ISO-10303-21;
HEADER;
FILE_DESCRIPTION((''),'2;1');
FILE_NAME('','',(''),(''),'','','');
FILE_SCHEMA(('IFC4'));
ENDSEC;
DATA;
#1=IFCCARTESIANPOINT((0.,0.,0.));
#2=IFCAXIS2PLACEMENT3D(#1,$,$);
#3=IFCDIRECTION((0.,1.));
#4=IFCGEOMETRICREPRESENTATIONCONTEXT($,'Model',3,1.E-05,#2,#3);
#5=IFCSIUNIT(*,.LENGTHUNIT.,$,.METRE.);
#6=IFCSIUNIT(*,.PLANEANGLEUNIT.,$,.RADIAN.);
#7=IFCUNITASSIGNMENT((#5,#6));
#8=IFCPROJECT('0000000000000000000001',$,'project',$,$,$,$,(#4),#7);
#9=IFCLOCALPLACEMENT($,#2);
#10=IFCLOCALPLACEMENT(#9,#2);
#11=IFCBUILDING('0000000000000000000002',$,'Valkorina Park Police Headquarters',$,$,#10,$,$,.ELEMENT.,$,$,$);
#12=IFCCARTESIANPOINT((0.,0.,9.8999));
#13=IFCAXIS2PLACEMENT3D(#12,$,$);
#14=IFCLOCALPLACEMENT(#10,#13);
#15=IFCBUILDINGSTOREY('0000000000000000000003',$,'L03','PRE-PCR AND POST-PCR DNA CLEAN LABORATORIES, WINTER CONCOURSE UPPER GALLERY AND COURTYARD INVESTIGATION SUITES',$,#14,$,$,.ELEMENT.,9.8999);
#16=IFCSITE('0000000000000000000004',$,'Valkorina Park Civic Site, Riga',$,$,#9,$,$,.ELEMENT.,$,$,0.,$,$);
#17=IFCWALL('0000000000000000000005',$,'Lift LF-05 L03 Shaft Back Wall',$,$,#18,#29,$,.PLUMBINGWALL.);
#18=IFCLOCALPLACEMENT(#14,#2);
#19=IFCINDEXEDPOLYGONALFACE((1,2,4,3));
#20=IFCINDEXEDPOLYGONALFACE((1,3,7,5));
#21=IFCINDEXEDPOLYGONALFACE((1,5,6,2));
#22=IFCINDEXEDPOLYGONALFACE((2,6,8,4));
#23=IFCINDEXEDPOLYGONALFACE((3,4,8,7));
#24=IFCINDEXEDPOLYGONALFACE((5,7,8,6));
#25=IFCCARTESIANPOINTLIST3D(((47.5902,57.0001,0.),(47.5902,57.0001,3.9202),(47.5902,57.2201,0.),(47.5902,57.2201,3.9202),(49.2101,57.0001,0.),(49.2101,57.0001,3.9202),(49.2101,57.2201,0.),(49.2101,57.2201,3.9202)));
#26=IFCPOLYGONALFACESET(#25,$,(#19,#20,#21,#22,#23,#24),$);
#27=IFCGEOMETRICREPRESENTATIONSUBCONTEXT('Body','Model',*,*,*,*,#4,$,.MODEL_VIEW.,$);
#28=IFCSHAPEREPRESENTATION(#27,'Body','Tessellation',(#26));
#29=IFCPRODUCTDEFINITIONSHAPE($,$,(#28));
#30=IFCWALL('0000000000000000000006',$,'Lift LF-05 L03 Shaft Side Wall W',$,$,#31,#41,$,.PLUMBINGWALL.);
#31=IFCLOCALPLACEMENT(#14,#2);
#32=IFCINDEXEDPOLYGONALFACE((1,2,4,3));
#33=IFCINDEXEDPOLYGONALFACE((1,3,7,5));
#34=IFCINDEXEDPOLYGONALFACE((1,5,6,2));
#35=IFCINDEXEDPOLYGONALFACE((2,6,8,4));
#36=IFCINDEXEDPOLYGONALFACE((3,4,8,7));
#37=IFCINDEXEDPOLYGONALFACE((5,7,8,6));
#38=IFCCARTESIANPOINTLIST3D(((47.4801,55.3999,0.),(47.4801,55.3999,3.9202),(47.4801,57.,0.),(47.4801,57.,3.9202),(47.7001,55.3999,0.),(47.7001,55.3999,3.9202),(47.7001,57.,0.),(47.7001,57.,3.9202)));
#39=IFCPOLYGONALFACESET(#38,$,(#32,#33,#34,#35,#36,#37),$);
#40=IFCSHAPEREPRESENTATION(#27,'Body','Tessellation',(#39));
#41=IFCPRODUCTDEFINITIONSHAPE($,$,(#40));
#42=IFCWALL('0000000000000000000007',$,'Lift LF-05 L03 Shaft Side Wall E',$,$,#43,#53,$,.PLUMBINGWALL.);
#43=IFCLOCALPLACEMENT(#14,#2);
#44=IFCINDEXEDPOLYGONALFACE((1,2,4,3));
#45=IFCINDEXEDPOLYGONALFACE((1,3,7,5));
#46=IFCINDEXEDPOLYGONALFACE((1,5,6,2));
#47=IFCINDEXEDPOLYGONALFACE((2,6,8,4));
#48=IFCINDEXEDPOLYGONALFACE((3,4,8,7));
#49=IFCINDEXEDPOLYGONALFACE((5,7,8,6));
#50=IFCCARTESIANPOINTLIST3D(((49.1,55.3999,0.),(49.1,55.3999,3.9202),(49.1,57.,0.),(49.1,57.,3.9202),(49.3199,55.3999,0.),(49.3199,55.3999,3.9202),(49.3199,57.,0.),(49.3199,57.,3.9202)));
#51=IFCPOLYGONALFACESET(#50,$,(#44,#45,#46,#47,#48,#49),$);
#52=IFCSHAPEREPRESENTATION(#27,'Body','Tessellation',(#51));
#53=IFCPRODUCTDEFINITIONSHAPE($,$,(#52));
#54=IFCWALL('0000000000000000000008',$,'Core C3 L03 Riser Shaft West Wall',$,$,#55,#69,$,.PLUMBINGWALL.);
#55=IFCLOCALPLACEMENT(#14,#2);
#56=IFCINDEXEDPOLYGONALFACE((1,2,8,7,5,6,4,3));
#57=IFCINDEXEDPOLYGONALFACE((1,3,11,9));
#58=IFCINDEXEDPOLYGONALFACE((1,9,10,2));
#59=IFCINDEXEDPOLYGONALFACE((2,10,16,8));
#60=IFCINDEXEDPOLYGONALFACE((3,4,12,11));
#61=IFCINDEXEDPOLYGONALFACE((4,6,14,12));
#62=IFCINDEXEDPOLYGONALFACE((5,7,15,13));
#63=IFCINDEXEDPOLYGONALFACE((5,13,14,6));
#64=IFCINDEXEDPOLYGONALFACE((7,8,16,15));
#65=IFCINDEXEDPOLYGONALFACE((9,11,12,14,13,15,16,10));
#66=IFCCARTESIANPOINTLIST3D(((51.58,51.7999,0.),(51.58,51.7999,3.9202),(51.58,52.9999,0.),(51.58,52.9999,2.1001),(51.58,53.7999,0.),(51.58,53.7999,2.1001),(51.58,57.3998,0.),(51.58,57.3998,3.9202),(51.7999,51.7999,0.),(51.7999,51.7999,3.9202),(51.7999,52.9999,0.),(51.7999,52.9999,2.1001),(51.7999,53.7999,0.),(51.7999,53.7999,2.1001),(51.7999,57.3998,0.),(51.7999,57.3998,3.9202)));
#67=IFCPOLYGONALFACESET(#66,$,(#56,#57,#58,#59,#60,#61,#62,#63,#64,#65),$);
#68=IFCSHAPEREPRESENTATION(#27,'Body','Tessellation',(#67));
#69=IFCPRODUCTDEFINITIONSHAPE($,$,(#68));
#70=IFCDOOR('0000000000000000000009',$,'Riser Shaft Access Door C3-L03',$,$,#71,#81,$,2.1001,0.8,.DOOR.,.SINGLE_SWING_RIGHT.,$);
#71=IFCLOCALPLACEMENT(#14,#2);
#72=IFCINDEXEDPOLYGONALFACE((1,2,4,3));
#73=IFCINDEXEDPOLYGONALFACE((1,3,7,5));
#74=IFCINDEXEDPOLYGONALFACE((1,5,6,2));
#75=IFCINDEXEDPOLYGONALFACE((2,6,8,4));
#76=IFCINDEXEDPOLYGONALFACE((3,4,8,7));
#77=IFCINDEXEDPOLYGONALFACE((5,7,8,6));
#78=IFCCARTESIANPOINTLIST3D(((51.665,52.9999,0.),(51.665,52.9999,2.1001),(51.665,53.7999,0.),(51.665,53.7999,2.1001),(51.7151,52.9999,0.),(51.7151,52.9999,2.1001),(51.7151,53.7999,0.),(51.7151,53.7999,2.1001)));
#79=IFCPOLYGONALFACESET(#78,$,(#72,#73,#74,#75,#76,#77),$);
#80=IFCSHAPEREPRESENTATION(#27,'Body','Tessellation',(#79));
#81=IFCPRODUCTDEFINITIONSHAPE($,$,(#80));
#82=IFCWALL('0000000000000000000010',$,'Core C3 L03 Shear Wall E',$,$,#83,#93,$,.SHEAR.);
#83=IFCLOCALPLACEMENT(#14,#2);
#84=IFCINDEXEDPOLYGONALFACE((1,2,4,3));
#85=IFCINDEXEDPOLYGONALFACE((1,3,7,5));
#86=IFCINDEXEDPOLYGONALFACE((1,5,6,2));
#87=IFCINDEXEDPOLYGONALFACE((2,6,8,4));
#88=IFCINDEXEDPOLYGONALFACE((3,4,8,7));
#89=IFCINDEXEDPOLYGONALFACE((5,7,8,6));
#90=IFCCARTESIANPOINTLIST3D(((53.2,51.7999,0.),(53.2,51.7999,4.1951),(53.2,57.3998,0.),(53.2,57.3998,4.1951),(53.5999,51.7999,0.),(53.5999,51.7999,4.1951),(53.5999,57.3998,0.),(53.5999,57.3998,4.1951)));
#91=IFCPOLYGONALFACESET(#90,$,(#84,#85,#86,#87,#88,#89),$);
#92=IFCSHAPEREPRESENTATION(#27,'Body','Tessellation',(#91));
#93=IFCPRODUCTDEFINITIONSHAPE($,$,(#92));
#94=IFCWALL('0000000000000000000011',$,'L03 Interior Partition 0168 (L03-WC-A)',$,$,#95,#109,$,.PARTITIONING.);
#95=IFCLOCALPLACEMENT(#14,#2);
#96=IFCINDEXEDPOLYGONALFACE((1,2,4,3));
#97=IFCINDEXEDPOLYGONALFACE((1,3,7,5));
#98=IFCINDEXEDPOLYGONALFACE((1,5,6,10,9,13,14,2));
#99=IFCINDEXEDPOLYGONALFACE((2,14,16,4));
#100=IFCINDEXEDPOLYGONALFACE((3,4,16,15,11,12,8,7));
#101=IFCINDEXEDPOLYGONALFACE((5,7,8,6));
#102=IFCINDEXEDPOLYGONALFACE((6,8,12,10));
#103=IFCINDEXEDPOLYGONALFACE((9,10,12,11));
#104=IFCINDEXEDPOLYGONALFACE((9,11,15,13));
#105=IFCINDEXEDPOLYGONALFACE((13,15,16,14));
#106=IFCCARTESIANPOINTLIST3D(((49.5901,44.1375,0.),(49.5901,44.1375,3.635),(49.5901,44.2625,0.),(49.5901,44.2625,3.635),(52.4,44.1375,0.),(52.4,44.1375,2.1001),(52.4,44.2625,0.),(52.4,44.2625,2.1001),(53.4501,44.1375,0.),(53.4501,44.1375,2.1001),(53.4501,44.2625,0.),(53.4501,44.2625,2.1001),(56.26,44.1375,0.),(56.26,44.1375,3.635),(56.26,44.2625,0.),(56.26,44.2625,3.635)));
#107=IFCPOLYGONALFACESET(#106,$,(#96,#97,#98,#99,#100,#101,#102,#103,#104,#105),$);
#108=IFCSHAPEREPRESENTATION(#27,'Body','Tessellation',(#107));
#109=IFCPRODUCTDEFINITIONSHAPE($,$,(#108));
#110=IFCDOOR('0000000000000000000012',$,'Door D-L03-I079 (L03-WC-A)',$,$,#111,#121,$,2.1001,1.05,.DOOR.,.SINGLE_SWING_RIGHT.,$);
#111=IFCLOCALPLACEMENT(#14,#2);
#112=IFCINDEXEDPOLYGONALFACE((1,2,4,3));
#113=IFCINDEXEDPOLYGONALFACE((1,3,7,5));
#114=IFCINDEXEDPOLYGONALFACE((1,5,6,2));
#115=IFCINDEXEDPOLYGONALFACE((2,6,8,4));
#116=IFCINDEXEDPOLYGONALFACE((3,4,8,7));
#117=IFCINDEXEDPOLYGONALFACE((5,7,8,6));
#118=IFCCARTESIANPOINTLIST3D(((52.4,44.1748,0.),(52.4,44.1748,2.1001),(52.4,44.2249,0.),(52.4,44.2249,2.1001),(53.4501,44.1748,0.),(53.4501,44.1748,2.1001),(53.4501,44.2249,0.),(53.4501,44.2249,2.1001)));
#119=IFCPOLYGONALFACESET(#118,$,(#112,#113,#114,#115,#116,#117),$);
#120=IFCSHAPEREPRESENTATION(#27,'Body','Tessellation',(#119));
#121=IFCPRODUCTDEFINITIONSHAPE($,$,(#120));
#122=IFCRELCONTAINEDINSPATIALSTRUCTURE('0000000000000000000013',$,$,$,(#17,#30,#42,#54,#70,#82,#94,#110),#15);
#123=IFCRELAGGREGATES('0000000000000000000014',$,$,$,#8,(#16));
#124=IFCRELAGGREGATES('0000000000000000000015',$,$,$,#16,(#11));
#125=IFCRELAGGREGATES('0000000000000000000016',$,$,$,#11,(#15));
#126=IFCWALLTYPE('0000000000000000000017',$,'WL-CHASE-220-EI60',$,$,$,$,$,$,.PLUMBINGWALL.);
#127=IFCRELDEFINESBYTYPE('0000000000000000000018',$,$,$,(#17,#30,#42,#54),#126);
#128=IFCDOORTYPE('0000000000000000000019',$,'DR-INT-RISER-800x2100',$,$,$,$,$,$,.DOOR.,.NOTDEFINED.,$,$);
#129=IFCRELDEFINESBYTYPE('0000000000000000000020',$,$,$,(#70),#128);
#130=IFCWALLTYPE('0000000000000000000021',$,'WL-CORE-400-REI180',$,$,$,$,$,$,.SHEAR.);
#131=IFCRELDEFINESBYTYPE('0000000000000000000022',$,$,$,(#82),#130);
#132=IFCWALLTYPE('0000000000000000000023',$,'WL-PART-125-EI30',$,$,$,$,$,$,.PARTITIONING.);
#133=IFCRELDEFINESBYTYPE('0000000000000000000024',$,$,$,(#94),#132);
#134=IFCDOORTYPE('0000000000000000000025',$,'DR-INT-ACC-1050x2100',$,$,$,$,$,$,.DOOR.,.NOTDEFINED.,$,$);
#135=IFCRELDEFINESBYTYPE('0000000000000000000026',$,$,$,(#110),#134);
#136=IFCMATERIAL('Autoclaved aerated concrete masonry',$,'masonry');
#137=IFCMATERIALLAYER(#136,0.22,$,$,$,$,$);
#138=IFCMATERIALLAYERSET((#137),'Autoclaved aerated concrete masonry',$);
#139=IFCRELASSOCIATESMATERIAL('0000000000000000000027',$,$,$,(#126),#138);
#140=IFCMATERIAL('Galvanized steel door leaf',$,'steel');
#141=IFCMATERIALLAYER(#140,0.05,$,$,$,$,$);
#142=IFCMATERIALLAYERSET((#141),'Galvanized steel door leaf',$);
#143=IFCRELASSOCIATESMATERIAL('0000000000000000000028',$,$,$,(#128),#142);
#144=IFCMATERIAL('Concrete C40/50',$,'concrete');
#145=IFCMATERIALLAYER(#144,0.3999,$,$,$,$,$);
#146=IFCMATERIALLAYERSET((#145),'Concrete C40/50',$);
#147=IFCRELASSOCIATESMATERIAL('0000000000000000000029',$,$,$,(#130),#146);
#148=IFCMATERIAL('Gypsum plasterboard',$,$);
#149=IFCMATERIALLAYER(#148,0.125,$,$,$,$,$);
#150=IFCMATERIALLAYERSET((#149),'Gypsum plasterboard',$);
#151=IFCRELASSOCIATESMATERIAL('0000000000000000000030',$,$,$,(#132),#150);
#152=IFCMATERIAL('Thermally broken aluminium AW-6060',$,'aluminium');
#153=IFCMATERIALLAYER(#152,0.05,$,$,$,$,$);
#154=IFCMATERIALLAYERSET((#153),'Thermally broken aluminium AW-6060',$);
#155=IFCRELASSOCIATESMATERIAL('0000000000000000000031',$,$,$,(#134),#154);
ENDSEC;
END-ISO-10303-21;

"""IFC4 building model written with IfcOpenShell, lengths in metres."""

from ifc_helpers import new_model, si_unit, direction, frame, frame_2d, origin, place, context, subcontext, project, spatial, rectangle, extrude, material, layer, layer_set, type_object, element, fill, save


model = new_model("IFC4")

# Units and contexts
model_context = context("Model", 3, precision=1e-05, world=origin(), true_north=direction((0.0, 1.0)))
body_context = subcontext(model_context, "Body", "Model", "MODEL_VIEW")
ifc_project = project(units=[si_unit("LENGTHUNIT", "METRE"), si_unit("PLANEANGLEUNIT", "RADIAN")], contexts=[model_context])

# Site, building, storey
site_placement = place(None, origin())
site = spatial("IfcSite", under=ifc_project, at=site_placement, Name="Valkorina Park Civic Site, Riga", CompositionType="ELEMENT", RefElevation=0.0)
building_placement = place(site_placement, origin())
building = spatial("IfcBuilding", under=site, at=building_placement, Name="Valkorina Park Police Headquarters", CompositionType="ELEMENT")
storey_placement = place(building_placement, frame((0.0, 0.0, 9.8999)))
storey = spatial("IfcBuildingStorey", under=building, at=storey_placement, Name="L03", Description="PRE-PCR AND POST-PCR DNA CLEAN LABORATORIES, WINTER CONCOURSE UPPER GALLERY AND COURTYARD INVESTIGATION SUITES", CompositionType="ELEMENT", Elevation=9.8999)

# Shared definitions
ifc_material_1 = material(Name="Thermally broken aluminium AW-6060", Category="aluminium")

# Walls
ifc_material_2 = material(Name="Autoclaved aerated concrete masonry", Category="masonry")
ifc_layer_1 = layer(ifc_material_2, 0.22)
ifc_layer_set_1 = layer_set([ifc_layer_1], Name="Autoclaved aerated concrete masonry")
wall_type_1 = type_object("IfcWallType", Name="WL-CHASE-220-EI60", PredefinedType="PLUMBINGWALL", material=ifc_layer_set_1)
wall_1_placement = place(storey_placement, frame((47.5901, 57.1101, 0.0), z_axis=(0.0, 0.0, 1.0), x_axis=(1.0, 0.0, 0.0)))
element("IfcWall", 1, at=wall_1_placement, inside=storey, type_object=wall_type_1, Name="Lift LF-05 L03 Shaft Back Wall", PredefinedType="PLUMBINGWALL", context=body_context, shape_type="SweptSolid", body=[
    extrude(rectangle(XDim=1.6199, YDim=0.22, at=frame_2d((0.8101, 0.0))), origin(), (0.0, 0.0, 1.0), 3.9202),
])
for number, where, z_axis, x_axis, name in (
    (2, (47.5901, 55.3999, 0.0), (0.0, 0.0, 1.0), (0.0, 1.0, 0.0), "Lift LF-05 L03 Shaft Side Wall W"),
    (3, (49.21, 55.3999, 0.0), (0.0, 0.0, 1.0), (0.0, 1.0, 0.0), "Lift LF-05 L03 Shaft Side Wall E"),
):
    element("IfcWall", number, at=place(storey_placement, frame(where, z_axis=z_axis, x_axis=x_axis)), inside=storey, type_object=wall_type_1, Name=name, PredefinedType="PLUMBINGWALL", context=body_context, shape_type="SweptSolid", body=[
        extrude(rectangle(XDim=1.6001, YDim=0.22, at=frame_2d((0.8, 0.0))), origin(), (0.0, 0.0, 1.0), 3.9202),
    ])

# Wall, opening, door
wall_2_placement = place(storey_placement, frame((51.6899, 51.8, 0.0), z_axis=(0.0, 0.0, 1.0), x_axis=(0.0, 1.0, 0.0)))
wall_2 = element("IfcWall", 4, at=wall_2_placement, inside=storey, type_object=wall_type_1, Name="Core C3 L03 Riser Shaft West Wall", PredefinedType="PLUMBINGWALL", context=body_context, shape_type="SweptSolid", body=[
    extrude(rectangle(XDim=5.5999, YDim=0.22, at=frame_2d((2.7998, 0.0))), origin(), (0.0, 0.0, 1.0), 3.9202),
])
opening_1_placement = place(wall_2_placement, frame((1.2, 0.0, 0.0)))
opening_1 = element("IfcOpeningElement", 5, at=opening_1_placement, cuts=wall_2, PredefinedType="OPENING", context=body_context, shape_type="SweptSolid", body=[
    extrude(rectangle(XDim=0.8, YDim=2.1001, at=frame_2d((0.3999, 1.05))), frame((0.0, 0.1201, 0.0), z_axis=(0.0, -1.0, 0.0), x_axis=(1.0, 0.0, 0.0)), (0.0, 0.0, 1.0), 0.24),
])
ifc_material_3 = material(Name="Galvanized steel door leaf", Category="steel")
ifc_layer_2 = layer(ifc_material_3, 0.05)
ifc_layer_set_2 = layer_set([ifc_layer_2], Name="Galvanized steel door leaf")
door_type_1 = type_object("IfcDoorType", Name="DR-INT-RISER-800x2100", OperationType="NOTDEFINED", PredefinedType="DOOR", material=ifc_layer_set_2)
door_1_placement = place(opening_1_placement, origin())
door_1 = element("IfcDoor", 6, at=door_1_placement, inside=storey, type_object=door_type_1, Name="Riser Shaft Access Door C3-L03", OperationType="SINGLE_SWING_RIGHT", OverallHeight=2.1001, OverallWidth=0.8, PredefinedType="DOOR", context=body_context, shape_type="SweptSolid", body=[
    extrude(rectangle(XDim=0.8, YDim=2.1001, at=frame_2d((0.3999, 1.05))), frame((0.0, 0.0249, 0.0), z_axis=(0.0, -1.0, 0.0), x_axis=(1.0, 0.0, 0.0)), (0.0, 0.0, 1.0), 0.05),
])
fill(opening_1, door_1)

# Wall
ifc_material_4 = material(Name="Concrete C40/50", Category="concrete")
ifc_layer_3 = layer(ifc_material_4, 0.3999)
ifc_layer_set_3 = layer_set([ifc_layer_3], Name="Concrete C40/50")
wall_type_2 = type_object("IfcWallType", Name="WL-CORE-400-REI180", PredefinedType="SHEAR", material=ifc_layer_set_3)
wall_3_placement = place(storey_placement, frame((53.3999, 51.8, 0.0), z_axis=(0.0, 0.0, 1.0), x_axis=(0.0, 1.0, 0.0)))
element("IfcWall", 7, at=wall_3_placement, inside=storey, type_object=wall_type_2, Name="Core C3 L03 Shear Wall E", PredefinedType="SHEAR", context=body_context, shape_type="SweptSolid", body=[
    extrude(rectangle(XDim=5.5999, YDim=0.3999, at=frame_2d((2.7998, 0.0))), origin(), (0.0, 0.0, 1.0), 4.1951),
])

# Wall, opening, door
ifc_material_5 = material(Name="Gypsum plasterboard")
ifc_layer_4 = layer(ifc_material_5, 0.125)
ifc_layer_set_4 = layer_set([ifc_layer_4], Name="Gypsum plasterboard")
wall_type_3 = type_object("IfcWallType", Name="WL-PART-125-EI30", PredefinedType="PARTITIONING", material=ifc_layer_set_4)
wall_4_placement = place(storey_placement, frame((49.5901, 44.2, 0.0), z_axis=(0.0, 0.0, 1.0), x_axis=(1.0, 0.0, 0.0)))
wall_4 = element("IfcWall", 8, at=wall_4_placement, inside=storey, type_object=wall_type_3, Name="L03 Interior Partition 0168 (L03-WC-A)", PredefinedType="PARTITIONING", context=body_context, shape_type="SweptSolid", body=[
    extrude(rectangle(XDim=6.6699, YDim=0.125, at=frame_2d((3.335, 0.0))), origin(), (0.0, 0.0, 1.0), 3.635),
])
opening_2_placement = place(wall_4_placement, frame((2.8101, 0.0, 0.0)))
opening_2 = element("IfcOpeningElement", 9, at=opening_2_placement, cuts=wall_4, PredefinedType="OPENING", context=body_context, shape_type="SweptSolid", body=[
    extrude(rectangle(XDim=1.05, YDim=2.1001, at=frame_2d((0.5249, 1.05))), frame((0.0, 0.0725, 0.0), z_axis=(0.0, -1.0, 0.0), x_axis=(1.0, 0.0, 0.0)), (0.0, 0.0, 1.0), 0.145),
])
ifc_layer_5 = layer(ifc_material_1, 0.05)
ifc_layer_set_5 = layer_set([ifc_layer_5], Name="Thermally broken aluminium AW-6060")
door_type_2 = type_object("IfcDoorType", Name="DR-INT-ACC-1050x2100", OperationType="NOTDEFINED", PredefinedType="DOOR", material=ifc_layer_set_5)
door_2_placement = place(opening_2_placement, origin())
door_2 = element("IfcDoor", 10, at=door_2_placement, inside=storey, type_object=door_type_2, Name="Door D-L03-I079 (L03-WC-A)", OperationType="SINGLE_SWING_RIGHT", OverallHeight=2.1001, OverallWidth=1.05, PredefinedType="DOOR", context=body_context, shape_type="SweptSolid", body=[
    extrude(rectangle(XDim=1.05, YDim=2.1001, at=frame_2d((0.5249, 1.05))), frame((0.0, 0.0249, 0.0), z_axis=(0.0, -1.0, 0.0), x_axis=(1.0, 0.0, 0.0)), (0.0, 0.0, 1.0), 0.05),
])
fill(opening_2, door_2)

save(model, "model.ifc")
